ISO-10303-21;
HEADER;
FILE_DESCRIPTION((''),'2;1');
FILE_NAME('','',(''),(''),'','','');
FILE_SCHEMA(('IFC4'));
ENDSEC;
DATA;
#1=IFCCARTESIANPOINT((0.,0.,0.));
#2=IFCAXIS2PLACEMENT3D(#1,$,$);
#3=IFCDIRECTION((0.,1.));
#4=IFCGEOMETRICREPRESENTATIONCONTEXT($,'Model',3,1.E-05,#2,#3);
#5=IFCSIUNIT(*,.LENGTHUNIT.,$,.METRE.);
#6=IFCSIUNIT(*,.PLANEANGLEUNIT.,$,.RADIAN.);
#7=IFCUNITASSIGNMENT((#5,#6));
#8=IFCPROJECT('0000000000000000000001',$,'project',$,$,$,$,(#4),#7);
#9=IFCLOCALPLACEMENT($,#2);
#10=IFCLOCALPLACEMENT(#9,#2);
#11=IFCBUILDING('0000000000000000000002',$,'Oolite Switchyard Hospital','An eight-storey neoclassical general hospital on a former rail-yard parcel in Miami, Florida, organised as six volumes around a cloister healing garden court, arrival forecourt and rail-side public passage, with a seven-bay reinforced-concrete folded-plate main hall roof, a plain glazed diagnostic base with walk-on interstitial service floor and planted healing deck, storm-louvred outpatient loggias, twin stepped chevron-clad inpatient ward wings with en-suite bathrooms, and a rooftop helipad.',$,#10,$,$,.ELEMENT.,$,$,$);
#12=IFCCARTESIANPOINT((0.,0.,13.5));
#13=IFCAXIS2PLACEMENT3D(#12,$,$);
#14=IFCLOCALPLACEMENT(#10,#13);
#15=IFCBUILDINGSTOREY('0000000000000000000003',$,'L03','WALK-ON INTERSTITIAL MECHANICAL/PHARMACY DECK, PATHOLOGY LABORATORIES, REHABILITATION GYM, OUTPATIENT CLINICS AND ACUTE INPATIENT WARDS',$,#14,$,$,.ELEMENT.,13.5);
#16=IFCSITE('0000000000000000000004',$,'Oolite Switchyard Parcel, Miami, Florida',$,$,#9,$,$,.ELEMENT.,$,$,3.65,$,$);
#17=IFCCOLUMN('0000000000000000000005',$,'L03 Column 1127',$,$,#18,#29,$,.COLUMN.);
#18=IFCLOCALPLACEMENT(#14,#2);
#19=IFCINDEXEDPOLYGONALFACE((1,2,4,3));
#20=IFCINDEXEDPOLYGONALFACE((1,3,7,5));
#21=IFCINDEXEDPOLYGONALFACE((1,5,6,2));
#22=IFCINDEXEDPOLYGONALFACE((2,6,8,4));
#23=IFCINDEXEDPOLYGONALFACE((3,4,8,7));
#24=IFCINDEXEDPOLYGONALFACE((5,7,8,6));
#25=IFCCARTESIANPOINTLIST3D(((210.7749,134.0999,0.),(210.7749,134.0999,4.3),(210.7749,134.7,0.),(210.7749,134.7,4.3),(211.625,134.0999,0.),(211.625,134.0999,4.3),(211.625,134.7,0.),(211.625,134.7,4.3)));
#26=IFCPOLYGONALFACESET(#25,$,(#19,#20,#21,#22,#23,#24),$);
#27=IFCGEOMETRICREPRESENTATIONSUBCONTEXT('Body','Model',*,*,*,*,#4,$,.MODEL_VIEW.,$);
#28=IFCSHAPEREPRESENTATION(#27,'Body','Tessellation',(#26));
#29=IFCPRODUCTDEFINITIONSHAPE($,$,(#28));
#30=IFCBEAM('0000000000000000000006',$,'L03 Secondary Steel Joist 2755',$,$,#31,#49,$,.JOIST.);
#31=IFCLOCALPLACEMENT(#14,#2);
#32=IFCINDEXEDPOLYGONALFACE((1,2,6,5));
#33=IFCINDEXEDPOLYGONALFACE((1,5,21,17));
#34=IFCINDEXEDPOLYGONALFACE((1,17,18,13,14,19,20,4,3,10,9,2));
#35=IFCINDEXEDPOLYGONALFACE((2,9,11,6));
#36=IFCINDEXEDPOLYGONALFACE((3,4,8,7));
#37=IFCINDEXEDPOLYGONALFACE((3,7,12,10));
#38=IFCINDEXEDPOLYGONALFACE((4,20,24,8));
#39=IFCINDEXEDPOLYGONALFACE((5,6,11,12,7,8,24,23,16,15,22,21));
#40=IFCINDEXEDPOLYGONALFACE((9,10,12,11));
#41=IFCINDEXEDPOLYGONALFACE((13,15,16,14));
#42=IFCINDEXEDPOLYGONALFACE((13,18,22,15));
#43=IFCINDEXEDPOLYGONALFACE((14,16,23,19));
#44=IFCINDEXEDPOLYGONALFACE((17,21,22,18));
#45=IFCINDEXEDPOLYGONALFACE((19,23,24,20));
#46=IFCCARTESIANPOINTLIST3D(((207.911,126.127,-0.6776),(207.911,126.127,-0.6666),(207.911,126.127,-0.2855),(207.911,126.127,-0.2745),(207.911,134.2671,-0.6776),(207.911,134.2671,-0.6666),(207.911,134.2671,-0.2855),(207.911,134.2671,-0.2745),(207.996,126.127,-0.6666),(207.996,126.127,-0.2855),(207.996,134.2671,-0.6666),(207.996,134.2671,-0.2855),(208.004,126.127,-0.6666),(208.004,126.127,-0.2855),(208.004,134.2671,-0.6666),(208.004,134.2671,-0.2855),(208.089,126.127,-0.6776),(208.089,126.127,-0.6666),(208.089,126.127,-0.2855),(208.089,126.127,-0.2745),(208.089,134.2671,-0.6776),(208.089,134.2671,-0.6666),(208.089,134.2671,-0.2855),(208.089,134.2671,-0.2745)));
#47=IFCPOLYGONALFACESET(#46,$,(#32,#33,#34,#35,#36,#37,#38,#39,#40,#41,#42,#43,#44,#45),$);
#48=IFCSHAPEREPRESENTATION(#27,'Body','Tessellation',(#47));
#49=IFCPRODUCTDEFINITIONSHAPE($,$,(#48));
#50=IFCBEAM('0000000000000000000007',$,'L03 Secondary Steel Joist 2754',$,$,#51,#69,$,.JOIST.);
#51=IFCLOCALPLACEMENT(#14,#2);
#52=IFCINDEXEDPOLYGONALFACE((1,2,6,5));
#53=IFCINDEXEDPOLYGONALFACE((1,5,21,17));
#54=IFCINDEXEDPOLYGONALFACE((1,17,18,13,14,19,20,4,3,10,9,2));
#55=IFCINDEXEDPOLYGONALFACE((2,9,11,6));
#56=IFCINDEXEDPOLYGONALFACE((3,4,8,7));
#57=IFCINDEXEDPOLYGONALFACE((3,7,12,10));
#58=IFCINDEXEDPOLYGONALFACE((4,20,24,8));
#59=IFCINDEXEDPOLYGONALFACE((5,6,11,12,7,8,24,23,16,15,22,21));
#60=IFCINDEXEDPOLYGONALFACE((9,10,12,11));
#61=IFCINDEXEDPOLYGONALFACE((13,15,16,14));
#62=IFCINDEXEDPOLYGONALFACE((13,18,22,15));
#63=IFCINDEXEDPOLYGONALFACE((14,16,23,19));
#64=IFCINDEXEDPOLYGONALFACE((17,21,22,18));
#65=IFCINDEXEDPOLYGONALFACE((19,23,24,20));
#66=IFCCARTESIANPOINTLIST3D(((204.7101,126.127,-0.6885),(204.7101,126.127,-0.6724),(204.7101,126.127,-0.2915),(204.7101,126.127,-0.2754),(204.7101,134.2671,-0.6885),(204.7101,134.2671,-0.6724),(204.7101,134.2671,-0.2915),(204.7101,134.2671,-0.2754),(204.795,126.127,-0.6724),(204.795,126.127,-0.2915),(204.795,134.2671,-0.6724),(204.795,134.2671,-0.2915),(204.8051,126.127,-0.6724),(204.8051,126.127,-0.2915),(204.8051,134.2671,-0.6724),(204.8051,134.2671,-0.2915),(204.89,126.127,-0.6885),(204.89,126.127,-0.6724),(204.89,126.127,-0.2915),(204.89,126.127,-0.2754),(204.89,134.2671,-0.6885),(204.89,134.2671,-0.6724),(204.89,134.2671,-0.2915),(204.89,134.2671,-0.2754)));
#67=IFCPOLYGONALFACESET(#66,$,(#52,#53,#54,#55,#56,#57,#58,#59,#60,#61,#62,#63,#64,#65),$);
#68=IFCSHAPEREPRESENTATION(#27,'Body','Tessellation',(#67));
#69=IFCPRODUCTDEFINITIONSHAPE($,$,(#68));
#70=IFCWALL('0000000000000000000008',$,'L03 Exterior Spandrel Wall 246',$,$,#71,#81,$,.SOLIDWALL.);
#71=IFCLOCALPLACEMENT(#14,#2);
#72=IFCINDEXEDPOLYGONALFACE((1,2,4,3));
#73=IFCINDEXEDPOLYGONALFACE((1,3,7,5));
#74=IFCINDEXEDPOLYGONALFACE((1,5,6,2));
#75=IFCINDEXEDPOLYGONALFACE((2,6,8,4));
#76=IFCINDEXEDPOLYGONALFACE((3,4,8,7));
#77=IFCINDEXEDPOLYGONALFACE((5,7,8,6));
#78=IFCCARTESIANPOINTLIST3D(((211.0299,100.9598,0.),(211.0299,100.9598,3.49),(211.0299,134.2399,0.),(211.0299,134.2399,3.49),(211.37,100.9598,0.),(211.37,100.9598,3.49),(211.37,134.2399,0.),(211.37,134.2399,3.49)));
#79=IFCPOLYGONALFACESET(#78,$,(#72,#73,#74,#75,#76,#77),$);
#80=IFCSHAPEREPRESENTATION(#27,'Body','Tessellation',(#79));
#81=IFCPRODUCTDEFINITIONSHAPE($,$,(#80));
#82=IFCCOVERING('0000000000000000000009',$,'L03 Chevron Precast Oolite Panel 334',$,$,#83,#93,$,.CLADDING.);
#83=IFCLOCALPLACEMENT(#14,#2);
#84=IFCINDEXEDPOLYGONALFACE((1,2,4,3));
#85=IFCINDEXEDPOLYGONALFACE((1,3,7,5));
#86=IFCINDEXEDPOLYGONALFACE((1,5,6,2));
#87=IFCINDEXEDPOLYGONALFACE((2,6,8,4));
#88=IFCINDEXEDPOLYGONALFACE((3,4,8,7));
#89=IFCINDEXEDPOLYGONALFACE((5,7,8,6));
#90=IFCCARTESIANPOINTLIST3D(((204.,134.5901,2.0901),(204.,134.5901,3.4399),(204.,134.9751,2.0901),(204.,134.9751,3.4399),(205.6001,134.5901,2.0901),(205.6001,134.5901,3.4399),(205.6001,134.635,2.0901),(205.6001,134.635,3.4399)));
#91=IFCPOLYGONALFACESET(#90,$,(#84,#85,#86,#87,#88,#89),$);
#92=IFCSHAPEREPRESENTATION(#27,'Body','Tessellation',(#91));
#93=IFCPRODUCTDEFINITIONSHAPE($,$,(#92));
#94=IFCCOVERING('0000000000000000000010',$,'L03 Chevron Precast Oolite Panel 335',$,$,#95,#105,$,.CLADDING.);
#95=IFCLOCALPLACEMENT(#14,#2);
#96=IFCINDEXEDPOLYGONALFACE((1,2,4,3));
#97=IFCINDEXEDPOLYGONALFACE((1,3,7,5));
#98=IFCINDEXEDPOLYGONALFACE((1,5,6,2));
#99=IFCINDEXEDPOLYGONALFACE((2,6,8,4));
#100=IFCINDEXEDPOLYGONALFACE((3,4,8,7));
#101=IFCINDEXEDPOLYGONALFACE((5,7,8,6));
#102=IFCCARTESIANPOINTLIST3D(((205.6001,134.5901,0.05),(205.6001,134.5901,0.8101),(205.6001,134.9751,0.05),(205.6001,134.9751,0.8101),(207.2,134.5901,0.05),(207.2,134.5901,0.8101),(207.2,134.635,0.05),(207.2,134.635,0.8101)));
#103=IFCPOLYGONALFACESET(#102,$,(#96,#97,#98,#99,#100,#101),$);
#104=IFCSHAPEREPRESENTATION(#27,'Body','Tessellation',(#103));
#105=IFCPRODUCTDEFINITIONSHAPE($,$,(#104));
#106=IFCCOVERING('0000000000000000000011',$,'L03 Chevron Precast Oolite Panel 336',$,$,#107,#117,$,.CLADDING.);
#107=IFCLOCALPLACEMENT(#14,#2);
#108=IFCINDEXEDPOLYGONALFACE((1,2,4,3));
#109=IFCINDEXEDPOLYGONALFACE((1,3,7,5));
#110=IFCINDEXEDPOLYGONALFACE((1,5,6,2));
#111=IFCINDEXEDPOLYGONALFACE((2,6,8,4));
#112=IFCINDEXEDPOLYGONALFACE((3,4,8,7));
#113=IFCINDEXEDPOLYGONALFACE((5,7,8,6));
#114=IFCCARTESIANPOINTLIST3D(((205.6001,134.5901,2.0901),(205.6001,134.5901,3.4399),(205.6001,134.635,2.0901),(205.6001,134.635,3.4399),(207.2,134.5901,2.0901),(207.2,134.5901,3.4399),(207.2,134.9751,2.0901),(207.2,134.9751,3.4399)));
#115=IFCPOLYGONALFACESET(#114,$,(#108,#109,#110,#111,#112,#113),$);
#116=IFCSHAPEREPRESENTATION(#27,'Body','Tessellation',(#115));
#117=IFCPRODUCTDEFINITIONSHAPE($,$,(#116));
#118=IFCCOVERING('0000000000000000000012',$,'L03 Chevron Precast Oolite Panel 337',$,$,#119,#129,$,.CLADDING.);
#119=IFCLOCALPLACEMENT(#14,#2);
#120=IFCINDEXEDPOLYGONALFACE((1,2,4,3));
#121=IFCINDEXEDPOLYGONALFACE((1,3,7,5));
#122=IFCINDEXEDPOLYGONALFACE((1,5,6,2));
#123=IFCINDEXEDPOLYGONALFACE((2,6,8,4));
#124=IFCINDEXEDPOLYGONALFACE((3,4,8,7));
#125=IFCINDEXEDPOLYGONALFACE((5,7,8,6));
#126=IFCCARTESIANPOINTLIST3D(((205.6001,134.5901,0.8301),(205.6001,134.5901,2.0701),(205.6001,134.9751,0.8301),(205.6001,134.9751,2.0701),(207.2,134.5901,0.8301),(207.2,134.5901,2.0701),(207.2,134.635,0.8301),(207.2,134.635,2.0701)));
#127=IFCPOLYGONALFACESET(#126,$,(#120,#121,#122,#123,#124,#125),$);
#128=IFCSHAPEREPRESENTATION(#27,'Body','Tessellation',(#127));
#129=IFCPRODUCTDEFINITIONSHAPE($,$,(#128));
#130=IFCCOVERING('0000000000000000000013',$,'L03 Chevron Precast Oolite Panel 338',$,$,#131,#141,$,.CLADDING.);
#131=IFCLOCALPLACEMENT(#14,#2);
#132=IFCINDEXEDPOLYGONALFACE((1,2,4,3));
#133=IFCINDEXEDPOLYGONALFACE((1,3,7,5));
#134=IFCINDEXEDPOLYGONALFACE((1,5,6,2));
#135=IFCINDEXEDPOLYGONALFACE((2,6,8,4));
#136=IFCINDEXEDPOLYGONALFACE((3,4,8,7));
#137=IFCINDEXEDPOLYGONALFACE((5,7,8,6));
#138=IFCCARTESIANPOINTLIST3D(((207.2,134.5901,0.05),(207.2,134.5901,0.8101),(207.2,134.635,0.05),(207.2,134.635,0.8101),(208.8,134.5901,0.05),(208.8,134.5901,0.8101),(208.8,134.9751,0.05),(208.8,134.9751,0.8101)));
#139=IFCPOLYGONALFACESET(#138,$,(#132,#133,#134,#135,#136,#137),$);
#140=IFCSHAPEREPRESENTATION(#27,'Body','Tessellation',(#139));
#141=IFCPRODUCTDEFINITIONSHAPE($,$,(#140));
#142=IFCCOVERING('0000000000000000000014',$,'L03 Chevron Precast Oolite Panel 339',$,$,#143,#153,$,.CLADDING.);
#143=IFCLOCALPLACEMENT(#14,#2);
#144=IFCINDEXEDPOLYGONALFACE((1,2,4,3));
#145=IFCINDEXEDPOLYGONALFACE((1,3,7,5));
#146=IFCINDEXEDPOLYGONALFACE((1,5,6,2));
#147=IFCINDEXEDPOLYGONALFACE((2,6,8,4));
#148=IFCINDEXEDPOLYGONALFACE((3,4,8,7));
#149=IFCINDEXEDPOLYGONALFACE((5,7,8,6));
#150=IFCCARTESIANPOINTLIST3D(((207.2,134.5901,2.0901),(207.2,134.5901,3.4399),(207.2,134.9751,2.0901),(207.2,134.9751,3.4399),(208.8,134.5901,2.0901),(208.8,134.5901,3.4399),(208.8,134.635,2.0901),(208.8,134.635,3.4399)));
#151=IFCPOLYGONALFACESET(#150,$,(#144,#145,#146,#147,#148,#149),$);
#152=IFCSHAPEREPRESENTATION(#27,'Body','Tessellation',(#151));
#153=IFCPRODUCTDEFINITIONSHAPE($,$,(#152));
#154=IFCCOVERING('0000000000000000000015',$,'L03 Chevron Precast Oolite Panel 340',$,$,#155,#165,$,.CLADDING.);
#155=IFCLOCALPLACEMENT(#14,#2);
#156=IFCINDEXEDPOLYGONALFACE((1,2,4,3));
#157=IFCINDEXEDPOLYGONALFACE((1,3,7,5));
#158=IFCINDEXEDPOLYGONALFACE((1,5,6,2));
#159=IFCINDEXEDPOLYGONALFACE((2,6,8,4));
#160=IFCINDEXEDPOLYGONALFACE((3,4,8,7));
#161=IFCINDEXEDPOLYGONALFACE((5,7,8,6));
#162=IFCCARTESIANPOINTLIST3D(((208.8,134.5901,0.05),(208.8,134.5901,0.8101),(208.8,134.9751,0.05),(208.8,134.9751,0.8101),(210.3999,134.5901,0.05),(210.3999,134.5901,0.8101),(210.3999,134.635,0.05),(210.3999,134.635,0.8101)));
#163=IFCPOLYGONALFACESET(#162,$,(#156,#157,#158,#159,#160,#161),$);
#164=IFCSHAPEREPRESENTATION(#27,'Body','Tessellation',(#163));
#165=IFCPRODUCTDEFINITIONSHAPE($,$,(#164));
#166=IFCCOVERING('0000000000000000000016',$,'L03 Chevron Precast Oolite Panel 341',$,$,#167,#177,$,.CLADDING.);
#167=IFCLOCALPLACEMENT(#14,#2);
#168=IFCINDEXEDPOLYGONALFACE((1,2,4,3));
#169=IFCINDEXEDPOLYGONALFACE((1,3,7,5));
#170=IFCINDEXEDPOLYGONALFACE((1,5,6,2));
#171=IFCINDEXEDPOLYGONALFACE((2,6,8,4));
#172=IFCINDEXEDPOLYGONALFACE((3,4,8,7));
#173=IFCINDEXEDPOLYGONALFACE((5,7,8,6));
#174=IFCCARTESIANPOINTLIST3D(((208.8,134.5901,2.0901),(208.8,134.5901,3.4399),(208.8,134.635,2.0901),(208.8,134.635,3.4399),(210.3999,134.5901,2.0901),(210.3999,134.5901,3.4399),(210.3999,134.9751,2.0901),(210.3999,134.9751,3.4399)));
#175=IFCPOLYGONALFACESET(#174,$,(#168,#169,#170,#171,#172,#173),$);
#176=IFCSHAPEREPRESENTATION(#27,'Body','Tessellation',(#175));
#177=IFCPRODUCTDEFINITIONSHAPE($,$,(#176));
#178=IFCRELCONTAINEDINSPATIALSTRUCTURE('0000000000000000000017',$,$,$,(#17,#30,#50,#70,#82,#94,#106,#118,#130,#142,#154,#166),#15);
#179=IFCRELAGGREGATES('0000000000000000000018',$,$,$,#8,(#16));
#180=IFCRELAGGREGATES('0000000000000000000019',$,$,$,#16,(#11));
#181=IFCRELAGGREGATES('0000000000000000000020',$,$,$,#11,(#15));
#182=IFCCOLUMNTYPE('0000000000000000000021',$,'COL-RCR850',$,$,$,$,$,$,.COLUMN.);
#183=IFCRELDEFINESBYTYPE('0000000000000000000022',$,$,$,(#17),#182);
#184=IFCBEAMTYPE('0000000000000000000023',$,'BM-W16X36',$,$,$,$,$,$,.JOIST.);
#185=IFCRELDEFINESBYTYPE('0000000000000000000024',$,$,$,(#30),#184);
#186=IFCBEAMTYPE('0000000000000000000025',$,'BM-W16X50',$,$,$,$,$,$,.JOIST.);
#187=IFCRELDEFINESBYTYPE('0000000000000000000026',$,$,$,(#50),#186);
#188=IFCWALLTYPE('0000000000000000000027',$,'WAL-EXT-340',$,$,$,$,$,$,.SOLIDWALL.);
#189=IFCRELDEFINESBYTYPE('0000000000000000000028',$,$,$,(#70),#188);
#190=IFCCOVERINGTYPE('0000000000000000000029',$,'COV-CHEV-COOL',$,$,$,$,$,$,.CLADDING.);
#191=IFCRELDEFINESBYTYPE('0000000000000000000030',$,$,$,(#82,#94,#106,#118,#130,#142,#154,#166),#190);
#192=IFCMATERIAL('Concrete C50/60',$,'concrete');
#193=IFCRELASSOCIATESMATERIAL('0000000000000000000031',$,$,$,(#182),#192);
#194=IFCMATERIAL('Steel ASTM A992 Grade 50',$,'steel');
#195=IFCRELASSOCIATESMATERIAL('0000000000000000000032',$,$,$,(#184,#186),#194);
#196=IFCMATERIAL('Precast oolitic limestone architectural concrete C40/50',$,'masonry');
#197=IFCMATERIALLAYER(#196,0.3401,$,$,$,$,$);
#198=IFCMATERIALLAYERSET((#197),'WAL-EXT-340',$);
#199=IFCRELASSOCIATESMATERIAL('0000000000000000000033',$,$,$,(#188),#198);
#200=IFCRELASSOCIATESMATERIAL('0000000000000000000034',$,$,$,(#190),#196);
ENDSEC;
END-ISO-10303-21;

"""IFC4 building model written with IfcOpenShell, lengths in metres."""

from ifc_helpers import new_model, si_unit, direction, frame, frame_2d, origin, origin_2d, place, context, subcontext, project, spatial, polyline, rectangle, i_section, outline, extrude, material, layer, layer_set, material_profile, profile_set, type_object, element, save


model = new_model("IFC4")

# Units and contexts
model_context = context("Model", 3, precision=1e-05, world=origin(), true_north=direction((0.0, 1.0)))
body_context = subcontext(model_context, "Body", "Model", "MODEL_VIEW")
ifc_project = project(units=[si_unit("LENGTHUNIT", "METRE"), si_unit("PLANEANGLEUNIT", "RADIAN")], contexts=[model_context])

# Site, building, storey
site_placement = place(None, origin())
site = spatial("IfcSite", under=ifc_project, at=site_placement, Name="Oolite Switchyard Parcel, Miami, Florida", CompositionType="ELEMENT", RefElevation=3.65)
building_placement = place(site_placement, origin())
building = spatial("IfcBuilding", under=site, at=building_placement, Name="Oolite Switchyard Hospital", Description="An eight-storey neoclassical general hospital on a former rail-yard parcel in Miami, Florida, organised as six volumes around a cloister healing garden court, arrival forecourt and rail-side public passage, with a seven-bay reinforced-concrete folded-plate main hall roof, a plain glazed diagnostic base with walk-on interstitial service floor and planted healing deck, storm-louvred outpatient loggias, twin stepped chevron-clad inpatient ward wings with en-suite bathrooms, and a rooftop helipad.", CompositionType="ELEMENT")
storey_placement = place(building_placement, frame((0.0, 0.0, 13.5)))
storey = spatial("IfcBuildingStorey", under=building, at=storey_placement, Name="L03", Description="WALK-ON INTERSTITIAL MECHANICAL/PHARMACY DECK, PATHOLOGY LABORATORIES, REHABILITATION GYM, OUTPATIENT CLINICS AND ACUTE INPATIENT WARDS", CompositionType="ELEMENT", Elevation=13.5)

# Column
ifc_material_1 = material(Name="Concrete C50/60", Category="concrete")
ifc_material_profile_1 = material_profile(ifc_material_1, rectangle(XDim=0.8501, YDim=0.6001, at=origin_2d()), Name="RC850X600")
ifc_profile_set_1 = profile_set([ifc_material_profile_1], Name="Concrete C50/60")
column_type = type_object("IfcColumnType", Name="COL-RCR850", PredefinedType="COLUMN", material=ifc_profile_set_1)
column_placement = place(storey_placement, frame((211.2, 134.3999, 0.0), z_axis=(0.0, 0.0, 1.0), x_axis=(1.0, 0.0, 0.0)))
element("IfcColumn", 1, at=column_placement, inside=storey, type_object=column_type, Name="L03 Column 1127", PredefinedType="COLUMN", context=body_context, shape_type="SweptSolid", body=[
    extrude(rectangle(XDim=0.8501, YDim=0.6001, at=origin_2d()), origin(), (0.0, 0.0, 1.0), 4.3),
])

# Beams
ifc_material_2 = material(Name="Steel ASTM A992 Grade 50", Category="steel")
ifc_material_profile_2 = material_profile(ifc_material_2, i_section(OverallWidth=0.178, OverallDepth=0.4031, WebThickness=0.0081, FlangeThickness=0.011, at=origin_2d()), Name="W16X36")
ifc_profile_set_2 = profile_set([ifc_material_profile_2], Name="Steel ASTM A992 Grade 50")
beam_type_1 = type_object("IfcBeamType", Name="BM-W16X36", PredefinedType="JOIST", material=ifc_profile_set_2)
beam_1_placement = place(storey_placement, frame((208.0, 126.127, -0.4761), z_axis=(0.0, 1.0, 0.0), x_axis=(-1.0, 0.0, 0.0)))
element("IfcBeam", 2, at=beam_1_placement, inside=storey, type_object=beam_type_1, Name="L03 Secondary Steel Joist 2755", PredefinedType="JOIST", context=body_context, shape_type="SweptSolid", body=[
    extrude(i_section(OverallWidth=0.178, OverallDepth=0.4031, WebThickness=0.0081, FlangeThickness=0.011, at=origin_2d()), origin(), (0.0, 0.0, 1.0), 8.1401),
])
ifc_material_profile_3 = material_profile(ifc_material_2, i_section(OverallWidth=0.1799, OverallDepth=0.4131, WebThickness=0.01, FlangeThickness=0.0161, at=origin_2d()), Name="W16X50")
ifc_profile_set_3 = profile_set([ifc_material_profile_3], Name="Steel ASTM A992 Grade 50")
beam_type_2 = type_object("IfcBeamType", Name="BM-W16X50", PredefinedType="JOIST", material=ifc_profile_set_3)
beam_2_placement = place(storey_placement, frame((204.8, 126.127, -0.4819), z_axis=(0.0, 1.0, 0.0), x_axis=(-1.0, 0.0, 0.0)))
element("IfcBeam", 3, at=beam_2_placement, inside=storey, type_object=beam_type_2, Name="L03 Secondary Steel Joist 2754", PredefinedType="JOIST", context=body_context, shape_type="SweptSolid", body=[
    extrude(i_section(OverallWidth=0.1799, OverallDepth=0.4131, WebThickness=0.01, FlangeThickness=0.0161, at=origin_2d()), origin(), (0.0, 0.0, 1.0), 8.1401),
])

# Wall
ifc_material_3 = material(Name="Precast oolitic limestone architectural concrete C40/50", Category="masonry")
ifc_layer = layer(ifc_material_3, 0.3401)
ifc_layer_set = layer_set([ifc_layer], Name="WAL-EXT-340")
wall_type = type_object("IfcWallType", Name="WAL-EXT-340", PredefinedType="SOLIDWALL", material=ifc_layer_set)
wall_placement = place(storey_placement, frame((211.2, 134.24, 0.0), z_axis=(0.0, 0.0, 1.0), x_axis=(0.0, -1.0, 0.0)))
element("IfcWall", 4, at=wall_placement, inside=storey, type_object=wall_type, Name="L03 Exterior Spandrel Wall 246", PredefinedType="SOLIDWALL", context=body_context, shape_type="SweptSolid", body=[
    extrude(rectangle(XDim=33.28, YDim=0.3401, at=frame_2d((16.6401, 0.0))), origin(), (0.0, 0.0, 1.0), 3.49),
])

# Coverings
covering_type = type_object("IfcCoveringType", Name="COV-CHEV-COOL", PredefinedType="CLADDING", material=ifc_material_3)
covering_1_placement = place(storey_placement, frame((204.0, 134.5901, 2.0901), z_axis=(0.0, 0.0, 1.0), x_axis=(1.0, 0.0, 0.0)))
element("IfcCovering", 5, at=covering_1_placement, inside=storey, type_object=covering_type, Name="L03 Chevron Precast Oolite Panel 334", PredefinedType="CLADDING", context=body_context, shape_type="SweptSolid", body=[
    extrude(outline(polyline([(0.0, 0.0), (1.6001, 0.0), (1.6001, 0.0449), (0.0, 0.385), (0.0, 0.0)])), origin(), (0.0, 0.0, 1.0), 1.3499),
])
covering_2_placement = place(storey_placement, frame((205.6001, 134.5901, 0.05), z_axis=(0.0, 0.0, 1.0), x_axis=(1.0, 0.0, 0.0)))
element("IfcCovering", 6, at=covering_2_placement, inside=storey, type_object=covering_type, Name="L03 Chevron Precast Oolite Panel 335", PredefinedType="CLADDING", context=body_context, shape_type="SweptSolid", body=[
    extrude(outline(polyline([(0.0, 0.0), (1.5999, 0.0), (1.5999, 0.0449), (0.0, 0.385), (0.0, 0.0)])), origin(), (0.0, 0.0, 1.0), 0.76),
])
covering_3_placement = place(storey_placement, frame((205.6001, 134.5901, 2.0901), z_axis=(0.0, 0.0, 1.0), x_axis=(1.0, 0.0, 0.0)))
element("IfcCovering", 7, at=covering_3_placement, inside=storey, type_object=covering_type, Name="L03 Chevron Precast Oolite Panel 336", PredefinedType="CLADDING", context=body_context, shape_type="SweptSolid", body=[
    extrude(outline(polyline([(0.0, 0.0), (1.5999, 0.0), (1.5999, 0.385), (0.0, 0.0449), (0.0, 0.0)])), origin(), (0.0, 0.0, 1.0), 1.3499),
])
covering_4_placement = place(storey_placement, frame((205.6001, 134.5901, 0.8301), z_axis=(0.0, 0.0, 1.0), x_axis=(1.0, 0.0, 0.0)))
element("IfcCovering", 8, at=covering_4_placement, inside=storey, type_object=covering_type, Name="L03 Chevron Precast Oolite Panel 337", PredefinedType="CLADDING", context=body_context, shape_type="SweptSolid", body=[
    extrude(outline(polyline([(0.0, 0.0), (1.5999, 0.0), (1.5999, 0.0449), (0.0, 0.385), (0.0, 0.0)])), origin(), (0.0, 0.0, 1.0), 1.24),
])
covering_5_placement = place(storey_placement, frame((207.2, 134.5901, 0.05), z_axis=(0.0, 0.0, 1.0), x_axis=(1.0, 0.0, 0.0)))
element("IfcCovering", 9, at=covering_5_placement, inside=storey, type_object=covering_type, Name="L03 Chevron Precast Oolite Panel 338", PredefinedType="CLADDING", context=body_context, shape_type="SweptSolid", body=[
    extrude(outline(polyline([(0.0, 0.0), (1.6001, 0.0), (1.6001, 0.385), (0.0, 0.0449), (0.0, 0.0)])), origin(), (0.0, 0.0, 1.0), 0.76),
])
covering_6_placement = place(storey_placement, frame((207.2, 134.5901, 2.0901), z_axis=(0.0, 0.0, 1.0), x_axis=(1.0, 0.0, 0.0)))
element("IfcCovering", 10, at=covering_6_placement, inside=storey, type_object=covering_type, Name="L03 Chevron Precast Oolite Panel 339", PredefinedType="CLADDING", context=body_context, shape_type="SweptSolid", body=[
    extrude(outline(polyline([(0.0, 0.0), (1.6001, 0.0), (1.6001, 0.0449), (0.0, 0.385), (0.0, 0.0)])), origin(), (0.0, 0.0, 1.0), 1.3499),
])
covering_7_placement = place(storey_placement, frame((208.8, 134.5901, 0.05), z_axis=(0.0, 0.0, 1.0), x_axis=(1.0, 0.0, 0.0)))
element("IfcCovering", 11, at=covering_7_placement, inside=storey, type_object=covering_type, Name="L03 Chevron Precast Oolite Panel 340", PredefinedType="CLADDING", context=body_context, shape_type="SweptSolid", body=[
    extrude(outline(polyline([(0.0, 0.0), (1.5999, 0.0), (1.5999, 0.0449), (0.0, 0.385), (0.0, 0.0)])), origin(), (0.0, 0.0, 1.0), 0.76),
])
covering_8_placement = place(storey_placement, frame((208.8, 134.5901, 2.0901), z_axis=(0.0, 0.0, 1.0), x_axis=(1.0, 0.0, 0.0)))
element("IfcCovering", 12, at=covering_8_placement, inside=storey, type_object=covering_type, Name="L03 Chevron Precast Oolite Panel 341", PredefinedType="CLADDING", context=body_context, shape_type="SweptSolid", body=[
    extrude(outline(polyline([(0.0, 0.0), (1.5999, 0.0), (1.5999, 0.385), (0.0, 0.0449), (0.0, 0.0)])), origin(), (0.0, 0.0, 1.0), 1.3499),
])

save(model, "model.ifc")
